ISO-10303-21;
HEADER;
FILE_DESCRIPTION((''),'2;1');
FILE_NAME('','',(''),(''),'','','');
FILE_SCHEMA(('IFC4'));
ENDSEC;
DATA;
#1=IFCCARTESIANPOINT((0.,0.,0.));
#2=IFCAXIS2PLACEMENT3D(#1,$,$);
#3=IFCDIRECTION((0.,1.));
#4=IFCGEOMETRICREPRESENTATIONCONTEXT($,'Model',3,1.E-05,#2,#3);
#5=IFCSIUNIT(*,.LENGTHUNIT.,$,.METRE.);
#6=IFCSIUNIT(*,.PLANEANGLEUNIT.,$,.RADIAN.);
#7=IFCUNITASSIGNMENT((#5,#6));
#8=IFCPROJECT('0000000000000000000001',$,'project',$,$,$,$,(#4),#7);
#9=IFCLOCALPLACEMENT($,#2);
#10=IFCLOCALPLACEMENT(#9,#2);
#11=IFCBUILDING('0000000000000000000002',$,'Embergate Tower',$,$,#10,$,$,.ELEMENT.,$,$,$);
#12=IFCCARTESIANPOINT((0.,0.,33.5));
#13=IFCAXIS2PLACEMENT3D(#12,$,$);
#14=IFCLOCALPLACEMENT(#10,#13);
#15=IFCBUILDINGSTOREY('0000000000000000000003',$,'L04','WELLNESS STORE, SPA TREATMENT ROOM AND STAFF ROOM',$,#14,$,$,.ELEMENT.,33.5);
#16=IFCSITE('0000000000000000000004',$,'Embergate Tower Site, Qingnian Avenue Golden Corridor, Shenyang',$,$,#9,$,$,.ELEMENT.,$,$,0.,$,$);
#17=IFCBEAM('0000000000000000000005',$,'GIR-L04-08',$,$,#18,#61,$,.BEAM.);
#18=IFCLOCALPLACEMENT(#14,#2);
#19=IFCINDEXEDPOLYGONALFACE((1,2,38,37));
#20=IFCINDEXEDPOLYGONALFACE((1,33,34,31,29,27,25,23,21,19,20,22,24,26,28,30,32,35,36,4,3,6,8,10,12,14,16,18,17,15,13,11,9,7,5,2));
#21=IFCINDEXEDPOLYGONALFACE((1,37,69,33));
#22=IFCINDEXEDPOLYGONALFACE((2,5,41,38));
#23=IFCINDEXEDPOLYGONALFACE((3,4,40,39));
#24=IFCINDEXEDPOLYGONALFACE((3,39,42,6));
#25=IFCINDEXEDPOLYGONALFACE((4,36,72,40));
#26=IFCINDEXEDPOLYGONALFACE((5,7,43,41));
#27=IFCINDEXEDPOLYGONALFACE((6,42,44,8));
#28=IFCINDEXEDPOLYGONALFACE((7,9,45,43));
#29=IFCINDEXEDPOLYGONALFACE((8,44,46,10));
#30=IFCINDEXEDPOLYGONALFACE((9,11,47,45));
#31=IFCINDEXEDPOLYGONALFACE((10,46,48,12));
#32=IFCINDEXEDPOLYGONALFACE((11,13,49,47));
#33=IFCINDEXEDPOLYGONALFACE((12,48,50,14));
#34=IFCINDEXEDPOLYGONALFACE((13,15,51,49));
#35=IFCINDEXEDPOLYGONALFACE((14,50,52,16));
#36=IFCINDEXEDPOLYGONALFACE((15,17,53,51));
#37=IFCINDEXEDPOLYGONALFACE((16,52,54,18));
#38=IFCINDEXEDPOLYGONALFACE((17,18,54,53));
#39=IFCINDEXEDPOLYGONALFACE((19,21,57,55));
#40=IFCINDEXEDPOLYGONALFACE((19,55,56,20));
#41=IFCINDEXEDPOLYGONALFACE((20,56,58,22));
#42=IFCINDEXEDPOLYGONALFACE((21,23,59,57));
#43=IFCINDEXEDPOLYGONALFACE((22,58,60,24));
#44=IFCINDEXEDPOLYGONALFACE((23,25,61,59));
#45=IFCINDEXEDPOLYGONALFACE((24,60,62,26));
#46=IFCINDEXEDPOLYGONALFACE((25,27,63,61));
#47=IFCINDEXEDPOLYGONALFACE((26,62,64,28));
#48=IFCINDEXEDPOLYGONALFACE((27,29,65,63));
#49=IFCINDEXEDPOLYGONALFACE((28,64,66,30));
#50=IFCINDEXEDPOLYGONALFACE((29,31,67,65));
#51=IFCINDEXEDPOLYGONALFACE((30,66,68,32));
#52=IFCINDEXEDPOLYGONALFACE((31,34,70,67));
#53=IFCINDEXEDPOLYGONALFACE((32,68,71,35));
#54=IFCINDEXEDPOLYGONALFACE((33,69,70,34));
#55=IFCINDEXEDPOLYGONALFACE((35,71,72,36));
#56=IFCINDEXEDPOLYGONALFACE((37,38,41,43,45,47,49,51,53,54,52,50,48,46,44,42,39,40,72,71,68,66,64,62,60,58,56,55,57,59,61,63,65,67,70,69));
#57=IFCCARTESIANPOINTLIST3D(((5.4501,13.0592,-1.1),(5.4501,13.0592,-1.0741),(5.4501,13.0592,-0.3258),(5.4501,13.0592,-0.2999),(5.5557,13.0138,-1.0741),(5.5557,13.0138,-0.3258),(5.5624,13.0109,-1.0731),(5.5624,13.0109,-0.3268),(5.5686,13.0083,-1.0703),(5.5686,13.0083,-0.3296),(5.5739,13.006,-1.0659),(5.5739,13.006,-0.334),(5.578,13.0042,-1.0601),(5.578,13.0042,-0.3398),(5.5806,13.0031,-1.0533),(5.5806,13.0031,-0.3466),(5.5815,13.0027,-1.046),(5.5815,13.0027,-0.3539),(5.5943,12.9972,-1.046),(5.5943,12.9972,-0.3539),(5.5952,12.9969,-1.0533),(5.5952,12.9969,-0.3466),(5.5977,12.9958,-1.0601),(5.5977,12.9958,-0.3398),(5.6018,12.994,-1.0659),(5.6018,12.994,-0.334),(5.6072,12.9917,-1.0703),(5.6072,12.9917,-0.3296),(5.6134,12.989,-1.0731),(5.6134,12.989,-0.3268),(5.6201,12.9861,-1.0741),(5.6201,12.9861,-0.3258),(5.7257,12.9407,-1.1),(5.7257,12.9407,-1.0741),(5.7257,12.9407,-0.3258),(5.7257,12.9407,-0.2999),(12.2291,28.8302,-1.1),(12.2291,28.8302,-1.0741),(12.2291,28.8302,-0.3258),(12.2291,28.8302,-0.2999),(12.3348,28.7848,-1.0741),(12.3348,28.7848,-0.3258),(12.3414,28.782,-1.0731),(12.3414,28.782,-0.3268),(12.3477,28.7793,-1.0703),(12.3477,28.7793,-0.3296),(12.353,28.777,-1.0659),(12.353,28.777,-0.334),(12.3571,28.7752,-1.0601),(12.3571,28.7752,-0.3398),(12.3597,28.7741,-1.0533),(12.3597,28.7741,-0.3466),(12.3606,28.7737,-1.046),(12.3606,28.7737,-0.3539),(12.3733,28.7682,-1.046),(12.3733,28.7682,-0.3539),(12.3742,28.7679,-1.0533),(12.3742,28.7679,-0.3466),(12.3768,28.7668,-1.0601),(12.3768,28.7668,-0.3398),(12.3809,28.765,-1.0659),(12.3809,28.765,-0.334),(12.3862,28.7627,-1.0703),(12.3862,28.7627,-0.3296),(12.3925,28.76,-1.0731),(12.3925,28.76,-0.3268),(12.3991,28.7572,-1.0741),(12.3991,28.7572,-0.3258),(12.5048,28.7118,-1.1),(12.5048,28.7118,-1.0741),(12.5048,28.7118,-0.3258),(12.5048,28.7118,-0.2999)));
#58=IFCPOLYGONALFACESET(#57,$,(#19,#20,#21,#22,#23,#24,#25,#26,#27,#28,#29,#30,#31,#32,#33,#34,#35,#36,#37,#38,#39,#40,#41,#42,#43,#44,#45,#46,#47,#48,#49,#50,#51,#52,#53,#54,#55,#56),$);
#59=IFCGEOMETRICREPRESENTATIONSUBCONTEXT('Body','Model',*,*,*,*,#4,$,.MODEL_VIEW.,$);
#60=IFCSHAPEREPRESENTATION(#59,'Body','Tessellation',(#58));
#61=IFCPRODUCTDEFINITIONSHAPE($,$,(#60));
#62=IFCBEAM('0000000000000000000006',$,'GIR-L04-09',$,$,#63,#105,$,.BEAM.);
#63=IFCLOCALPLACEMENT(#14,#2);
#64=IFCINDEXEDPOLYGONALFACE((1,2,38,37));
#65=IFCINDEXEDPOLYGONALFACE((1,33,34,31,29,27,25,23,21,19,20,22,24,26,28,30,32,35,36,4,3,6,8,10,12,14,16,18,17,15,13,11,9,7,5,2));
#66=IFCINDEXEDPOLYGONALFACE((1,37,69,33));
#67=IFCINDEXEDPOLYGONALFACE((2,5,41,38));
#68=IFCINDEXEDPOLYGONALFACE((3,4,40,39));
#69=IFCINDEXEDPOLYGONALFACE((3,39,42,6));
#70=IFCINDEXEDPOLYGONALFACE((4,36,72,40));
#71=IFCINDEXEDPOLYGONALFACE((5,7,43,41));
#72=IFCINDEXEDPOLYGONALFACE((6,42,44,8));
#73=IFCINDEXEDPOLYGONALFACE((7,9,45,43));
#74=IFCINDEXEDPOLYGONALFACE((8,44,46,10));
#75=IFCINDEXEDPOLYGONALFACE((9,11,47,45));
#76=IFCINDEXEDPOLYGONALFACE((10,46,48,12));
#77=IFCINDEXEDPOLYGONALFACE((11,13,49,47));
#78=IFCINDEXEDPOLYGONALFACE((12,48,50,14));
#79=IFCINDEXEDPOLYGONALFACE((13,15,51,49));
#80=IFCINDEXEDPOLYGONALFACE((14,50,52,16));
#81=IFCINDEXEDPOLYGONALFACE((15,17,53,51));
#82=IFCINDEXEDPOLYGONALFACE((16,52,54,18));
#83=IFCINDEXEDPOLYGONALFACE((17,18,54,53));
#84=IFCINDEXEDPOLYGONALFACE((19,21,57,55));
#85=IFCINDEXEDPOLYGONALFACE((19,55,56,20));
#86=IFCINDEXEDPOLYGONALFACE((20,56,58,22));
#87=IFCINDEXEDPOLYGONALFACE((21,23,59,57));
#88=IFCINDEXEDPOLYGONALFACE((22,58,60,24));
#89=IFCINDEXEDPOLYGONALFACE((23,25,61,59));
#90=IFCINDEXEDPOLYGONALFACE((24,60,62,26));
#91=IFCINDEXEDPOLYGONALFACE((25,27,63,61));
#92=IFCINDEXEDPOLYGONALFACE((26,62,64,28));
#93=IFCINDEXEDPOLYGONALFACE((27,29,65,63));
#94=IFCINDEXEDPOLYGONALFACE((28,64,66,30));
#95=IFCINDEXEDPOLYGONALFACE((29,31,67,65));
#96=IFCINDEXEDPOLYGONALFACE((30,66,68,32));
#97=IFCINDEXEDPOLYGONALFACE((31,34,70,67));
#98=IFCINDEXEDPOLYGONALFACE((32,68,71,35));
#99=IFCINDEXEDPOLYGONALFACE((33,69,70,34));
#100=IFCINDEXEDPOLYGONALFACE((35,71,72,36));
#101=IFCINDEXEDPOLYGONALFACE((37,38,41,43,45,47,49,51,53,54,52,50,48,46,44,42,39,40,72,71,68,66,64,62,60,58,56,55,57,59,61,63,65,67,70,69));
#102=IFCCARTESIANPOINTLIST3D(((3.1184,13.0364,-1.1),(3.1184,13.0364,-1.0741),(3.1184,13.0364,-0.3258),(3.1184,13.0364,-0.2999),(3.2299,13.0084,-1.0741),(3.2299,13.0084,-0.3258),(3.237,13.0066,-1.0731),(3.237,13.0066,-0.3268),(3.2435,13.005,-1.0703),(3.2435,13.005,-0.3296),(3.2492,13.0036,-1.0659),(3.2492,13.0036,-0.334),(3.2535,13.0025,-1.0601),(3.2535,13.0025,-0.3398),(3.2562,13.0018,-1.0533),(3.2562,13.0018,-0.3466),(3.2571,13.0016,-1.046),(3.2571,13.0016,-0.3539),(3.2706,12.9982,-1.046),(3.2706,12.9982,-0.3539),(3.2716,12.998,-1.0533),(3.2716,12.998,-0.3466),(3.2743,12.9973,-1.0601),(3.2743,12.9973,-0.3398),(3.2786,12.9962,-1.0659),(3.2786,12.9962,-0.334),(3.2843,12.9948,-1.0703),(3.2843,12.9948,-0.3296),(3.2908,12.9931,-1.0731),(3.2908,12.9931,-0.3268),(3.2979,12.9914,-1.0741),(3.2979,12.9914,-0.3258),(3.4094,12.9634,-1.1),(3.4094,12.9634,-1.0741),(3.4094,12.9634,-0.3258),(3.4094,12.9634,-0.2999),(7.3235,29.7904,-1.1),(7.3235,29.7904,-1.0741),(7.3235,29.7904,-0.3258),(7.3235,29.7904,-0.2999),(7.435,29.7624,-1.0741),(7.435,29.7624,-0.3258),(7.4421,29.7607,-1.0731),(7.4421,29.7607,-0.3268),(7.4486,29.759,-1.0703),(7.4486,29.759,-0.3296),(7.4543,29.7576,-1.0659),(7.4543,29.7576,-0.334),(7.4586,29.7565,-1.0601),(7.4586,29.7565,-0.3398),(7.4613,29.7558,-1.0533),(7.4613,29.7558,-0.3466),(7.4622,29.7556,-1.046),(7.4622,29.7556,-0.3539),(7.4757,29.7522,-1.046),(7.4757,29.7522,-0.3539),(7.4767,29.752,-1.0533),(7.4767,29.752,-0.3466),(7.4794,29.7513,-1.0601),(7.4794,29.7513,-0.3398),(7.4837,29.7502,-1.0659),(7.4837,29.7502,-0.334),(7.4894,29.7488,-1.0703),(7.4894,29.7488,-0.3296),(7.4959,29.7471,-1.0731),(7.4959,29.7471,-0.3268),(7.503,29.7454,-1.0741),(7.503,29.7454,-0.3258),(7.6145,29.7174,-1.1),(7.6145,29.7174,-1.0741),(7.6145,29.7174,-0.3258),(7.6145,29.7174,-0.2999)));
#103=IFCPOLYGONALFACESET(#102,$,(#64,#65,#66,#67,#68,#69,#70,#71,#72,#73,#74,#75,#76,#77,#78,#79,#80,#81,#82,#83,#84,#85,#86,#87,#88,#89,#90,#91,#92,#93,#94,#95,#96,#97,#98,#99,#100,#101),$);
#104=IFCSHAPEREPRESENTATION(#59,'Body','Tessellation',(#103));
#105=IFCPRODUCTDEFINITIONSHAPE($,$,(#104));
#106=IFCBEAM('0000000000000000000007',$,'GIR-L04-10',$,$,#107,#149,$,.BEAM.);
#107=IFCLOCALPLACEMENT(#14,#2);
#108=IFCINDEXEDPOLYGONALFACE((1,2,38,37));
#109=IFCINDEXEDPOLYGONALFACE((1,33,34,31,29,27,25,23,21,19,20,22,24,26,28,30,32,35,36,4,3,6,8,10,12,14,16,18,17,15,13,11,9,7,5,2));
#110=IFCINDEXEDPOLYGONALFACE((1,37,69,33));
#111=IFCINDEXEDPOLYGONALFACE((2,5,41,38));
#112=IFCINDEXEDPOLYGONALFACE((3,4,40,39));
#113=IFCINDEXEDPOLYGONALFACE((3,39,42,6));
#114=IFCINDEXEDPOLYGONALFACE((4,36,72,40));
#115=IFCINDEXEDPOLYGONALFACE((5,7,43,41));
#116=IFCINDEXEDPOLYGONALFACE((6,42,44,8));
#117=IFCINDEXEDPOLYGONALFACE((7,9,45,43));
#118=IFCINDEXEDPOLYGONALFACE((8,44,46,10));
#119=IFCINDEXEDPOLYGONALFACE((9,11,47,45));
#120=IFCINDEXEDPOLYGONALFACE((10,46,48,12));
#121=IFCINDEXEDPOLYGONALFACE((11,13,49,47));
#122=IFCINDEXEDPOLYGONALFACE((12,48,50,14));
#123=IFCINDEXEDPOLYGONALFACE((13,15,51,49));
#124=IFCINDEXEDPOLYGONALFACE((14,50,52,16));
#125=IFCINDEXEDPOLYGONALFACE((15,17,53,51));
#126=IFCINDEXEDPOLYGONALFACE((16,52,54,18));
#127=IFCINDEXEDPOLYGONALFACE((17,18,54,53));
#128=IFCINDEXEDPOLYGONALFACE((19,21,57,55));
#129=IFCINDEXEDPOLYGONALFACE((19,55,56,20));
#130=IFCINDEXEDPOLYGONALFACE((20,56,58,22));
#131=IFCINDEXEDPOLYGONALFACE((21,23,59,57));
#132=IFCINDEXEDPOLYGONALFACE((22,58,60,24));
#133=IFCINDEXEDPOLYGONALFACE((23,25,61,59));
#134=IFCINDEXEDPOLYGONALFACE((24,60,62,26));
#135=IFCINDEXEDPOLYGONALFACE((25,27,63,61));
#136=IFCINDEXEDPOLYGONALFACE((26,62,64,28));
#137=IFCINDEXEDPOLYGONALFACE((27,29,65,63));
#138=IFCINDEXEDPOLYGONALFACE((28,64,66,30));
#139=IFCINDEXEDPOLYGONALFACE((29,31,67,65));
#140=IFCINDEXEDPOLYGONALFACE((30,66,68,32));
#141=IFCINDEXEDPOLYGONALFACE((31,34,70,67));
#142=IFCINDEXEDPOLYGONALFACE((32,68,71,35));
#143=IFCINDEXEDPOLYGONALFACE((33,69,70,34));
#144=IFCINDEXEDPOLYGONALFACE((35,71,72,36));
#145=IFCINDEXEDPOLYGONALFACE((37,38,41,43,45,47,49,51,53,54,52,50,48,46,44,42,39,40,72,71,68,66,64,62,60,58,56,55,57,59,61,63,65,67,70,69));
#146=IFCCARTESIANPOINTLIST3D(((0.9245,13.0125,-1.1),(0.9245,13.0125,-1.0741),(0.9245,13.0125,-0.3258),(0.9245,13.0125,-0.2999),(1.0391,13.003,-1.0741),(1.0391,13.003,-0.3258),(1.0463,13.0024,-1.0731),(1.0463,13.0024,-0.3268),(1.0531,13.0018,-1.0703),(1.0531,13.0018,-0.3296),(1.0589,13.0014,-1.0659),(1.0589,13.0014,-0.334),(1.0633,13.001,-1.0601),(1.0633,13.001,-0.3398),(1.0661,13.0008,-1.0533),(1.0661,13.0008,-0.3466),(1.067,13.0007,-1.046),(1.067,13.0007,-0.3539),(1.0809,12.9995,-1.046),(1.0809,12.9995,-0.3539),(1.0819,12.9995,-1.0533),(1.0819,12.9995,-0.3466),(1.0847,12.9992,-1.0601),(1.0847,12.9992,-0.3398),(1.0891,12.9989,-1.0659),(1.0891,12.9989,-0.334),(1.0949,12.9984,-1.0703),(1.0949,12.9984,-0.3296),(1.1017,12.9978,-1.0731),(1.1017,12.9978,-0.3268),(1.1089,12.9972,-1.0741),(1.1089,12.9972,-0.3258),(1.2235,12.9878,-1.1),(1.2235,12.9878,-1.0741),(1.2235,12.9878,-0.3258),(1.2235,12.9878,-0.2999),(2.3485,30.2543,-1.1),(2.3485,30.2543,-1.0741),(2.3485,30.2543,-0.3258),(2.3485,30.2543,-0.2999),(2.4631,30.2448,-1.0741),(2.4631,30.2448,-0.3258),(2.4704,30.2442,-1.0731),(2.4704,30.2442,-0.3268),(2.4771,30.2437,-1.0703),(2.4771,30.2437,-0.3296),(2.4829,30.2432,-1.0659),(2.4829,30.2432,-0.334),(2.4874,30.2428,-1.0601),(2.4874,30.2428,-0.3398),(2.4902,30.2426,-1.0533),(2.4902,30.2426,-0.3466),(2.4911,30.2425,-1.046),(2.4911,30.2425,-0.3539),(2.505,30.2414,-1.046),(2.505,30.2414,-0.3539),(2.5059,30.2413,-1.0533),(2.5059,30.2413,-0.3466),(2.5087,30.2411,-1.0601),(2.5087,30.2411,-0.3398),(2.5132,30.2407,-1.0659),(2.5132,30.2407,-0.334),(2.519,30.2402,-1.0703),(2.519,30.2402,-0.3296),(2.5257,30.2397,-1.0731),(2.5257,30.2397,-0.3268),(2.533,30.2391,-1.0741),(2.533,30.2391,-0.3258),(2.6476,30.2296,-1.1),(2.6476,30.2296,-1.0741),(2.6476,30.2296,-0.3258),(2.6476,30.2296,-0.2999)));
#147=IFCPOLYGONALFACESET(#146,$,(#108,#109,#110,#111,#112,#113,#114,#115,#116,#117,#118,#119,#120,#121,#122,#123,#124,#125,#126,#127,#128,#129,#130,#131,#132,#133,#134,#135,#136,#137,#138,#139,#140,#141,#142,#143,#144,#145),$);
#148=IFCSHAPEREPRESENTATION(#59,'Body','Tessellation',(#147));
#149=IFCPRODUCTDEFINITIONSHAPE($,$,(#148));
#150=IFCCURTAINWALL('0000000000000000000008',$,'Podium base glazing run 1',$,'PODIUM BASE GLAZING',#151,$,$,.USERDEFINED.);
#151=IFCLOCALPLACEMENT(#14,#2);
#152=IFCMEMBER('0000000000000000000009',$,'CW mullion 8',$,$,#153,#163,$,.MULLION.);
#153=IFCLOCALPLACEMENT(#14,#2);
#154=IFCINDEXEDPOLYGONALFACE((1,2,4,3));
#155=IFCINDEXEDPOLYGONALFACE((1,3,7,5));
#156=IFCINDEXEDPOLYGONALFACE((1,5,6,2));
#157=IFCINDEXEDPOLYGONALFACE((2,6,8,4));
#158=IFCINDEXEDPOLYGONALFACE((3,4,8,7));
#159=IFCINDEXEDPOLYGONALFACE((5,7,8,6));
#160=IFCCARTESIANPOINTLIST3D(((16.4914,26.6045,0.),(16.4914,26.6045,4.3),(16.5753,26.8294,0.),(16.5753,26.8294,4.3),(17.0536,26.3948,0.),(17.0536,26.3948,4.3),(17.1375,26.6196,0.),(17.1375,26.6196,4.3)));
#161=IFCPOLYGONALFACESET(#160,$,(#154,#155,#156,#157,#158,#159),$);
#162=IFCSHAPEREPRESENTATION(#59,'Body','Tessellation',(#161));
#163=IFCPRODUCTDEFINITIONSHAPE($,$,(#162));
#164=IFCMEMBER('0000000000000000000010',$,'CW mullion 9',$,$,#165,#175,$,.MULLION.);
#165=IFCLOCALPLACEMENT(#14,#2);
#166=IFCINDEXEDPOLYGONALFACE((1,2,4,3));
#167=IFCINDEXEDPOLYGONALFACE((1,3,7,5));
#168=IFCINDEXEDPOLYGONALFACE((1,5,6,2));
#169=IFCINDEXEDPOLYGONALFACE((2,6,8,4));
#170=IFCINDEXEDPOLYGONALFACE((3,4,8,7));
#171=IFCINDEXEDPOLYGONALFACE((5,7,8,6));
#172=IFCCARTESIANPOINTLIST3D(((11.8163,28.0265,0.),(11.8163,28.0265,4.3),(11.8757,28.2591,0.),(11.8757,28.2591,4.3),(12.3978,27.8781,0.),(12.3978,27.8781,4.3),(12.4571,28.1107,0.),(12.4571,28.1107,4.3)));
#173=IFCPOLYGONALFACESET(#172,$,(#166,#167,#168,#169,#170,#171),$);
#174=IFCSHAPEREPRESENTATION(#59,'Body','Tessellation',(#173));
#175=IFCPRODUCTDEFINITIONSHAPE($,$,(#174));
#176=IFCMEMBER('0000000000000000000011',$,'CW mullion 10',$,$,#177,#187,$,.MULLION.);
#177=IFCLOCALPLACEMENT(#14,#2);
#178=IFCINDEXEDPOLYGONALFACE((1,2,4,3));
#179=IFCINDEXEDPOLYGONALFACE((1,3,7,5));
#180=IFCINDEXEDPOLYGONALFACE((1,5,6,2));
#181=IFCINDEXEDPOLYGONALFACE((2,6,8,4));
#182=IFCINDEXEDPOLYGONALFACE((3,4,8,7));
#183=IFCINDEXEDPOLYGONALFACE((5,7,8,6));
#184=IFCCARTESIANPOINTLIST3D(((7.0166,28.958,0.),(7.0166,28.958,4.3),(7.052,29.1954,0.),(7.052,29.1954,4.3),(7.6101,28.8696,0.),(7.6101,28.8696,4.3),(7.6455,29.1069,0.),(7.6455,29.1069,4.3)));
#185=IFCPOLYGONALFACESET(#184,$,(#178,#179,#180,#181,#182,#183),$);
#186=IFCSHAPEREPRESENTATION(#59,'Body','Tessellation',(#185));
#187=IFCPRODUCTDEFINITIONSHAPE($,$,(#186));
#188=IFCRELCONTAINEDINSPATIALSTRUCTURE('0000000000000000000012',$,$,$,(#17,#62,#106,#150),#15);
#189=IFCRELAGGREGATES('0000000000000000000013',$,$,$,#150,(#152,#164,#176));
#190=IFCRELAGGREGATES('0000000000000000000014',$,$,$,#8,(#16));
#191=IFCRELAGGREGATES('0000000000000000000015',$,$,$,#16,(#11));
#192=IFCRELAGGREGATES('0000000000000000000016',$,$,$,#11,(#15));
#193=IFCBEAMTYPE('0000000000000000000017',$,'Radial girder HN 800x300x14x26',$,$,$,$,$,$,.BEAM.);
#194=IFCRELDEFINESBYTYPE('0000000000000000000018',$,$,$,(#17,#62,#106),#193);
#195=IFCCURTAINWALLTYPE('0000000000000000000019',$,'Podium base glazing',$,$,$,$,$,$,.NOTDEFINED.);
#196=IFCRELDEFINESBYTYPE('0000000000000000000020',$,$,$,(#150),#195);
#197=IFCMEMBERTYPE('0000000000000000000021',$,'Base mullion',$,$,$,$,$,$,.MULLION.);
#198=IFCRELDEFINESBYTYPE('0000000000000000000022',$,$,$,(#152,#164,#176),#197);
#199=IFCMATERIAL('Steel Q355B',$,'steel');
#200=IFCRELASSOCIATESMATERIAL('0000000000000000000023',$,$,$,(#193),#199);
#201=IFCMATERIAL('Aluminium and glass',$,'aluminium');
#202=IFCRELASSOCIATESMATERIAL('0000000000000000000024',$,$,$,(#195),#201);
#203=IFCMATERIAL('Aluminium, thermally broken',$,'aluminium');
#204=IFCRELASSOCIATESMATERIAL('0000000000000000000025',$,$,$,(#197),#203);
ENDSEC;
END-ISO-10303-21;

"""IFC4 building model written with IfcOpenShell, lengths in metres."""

from ifc_helpers import new_model, si_unit, direction, frame, origin, origin_2d, place, context, subcontext, project, spatial, rectangle, i_section, extrude, source, transform, mapped, material, material_profile, profile_set, type_object, element, aggregate, save


model = new_model("IFC4")

# Units and contexts
model_context = context("Model", 3, precision=1e-05, world=origin(), true_north=direction((0.0, 1.0)))
body_context = subcontext(model_context, "Body", "Model", "MODEL_VIEW")
ifc_project = project(units=[si_unit("LENGTHUNIT", "METRE"), si_unit("PLANEANGLEUNIT", "RADIAN")], contexts=[model_context])

# Site, building, storey
site_placement = place(None, origin())
site = spatial("IfcSite", under=ifc_project, at=site_placement, Name="Embergate Tower Site, Qingnian Avenue Golden Corridor, Shenyang", CompositionType="ELEMENT", RefElevation=0.0)
building_placement = place(site_placement, origin())
building = spatial("IfcBuilding", under=site, at=building_placement, Name="Embergate Tower", CompositionType="ELEMENT")
storey_placement = place(building_placement, frame((0.0, 0.0, 33.5)))
storey = spatial("IfcBuildingStorey", under=building, at=storey_placement, Name="L04", Description="WELLNESS STORE, SPA TREATMENT ROOM AND STAFF ROOM", CompositionType="ELEMENT", Elevation=33.5)

# Beams
ifc_material_1 = material(Name="Steel Q355B", Category="steel")
ifc_material_profile_1 = material_profile(ifc_material_1, i_section(OverallWidth=0.3, OverallDepth=0.8, WebThickness=0.0139, FlangeThickness=0.0259, FilletRadius=0.0281, at=origin_2d()), Name="HN 800x300x14x26")
ifc_profile_set_1 = profile_set([ifc_material_profile_1], Name="Steel Q355 grade B")
beam_type_1 = type_object("IfcBeamType", Name="Radial girder HN 800x300x14x26", PredefinedType="BEAM", material=ifc_profile_set_1)
shared_shape_1 = source(origin(), body_context, "Body", "SweptSolid", [
    extrude(i_section(OverallWidth=0.3, OverallDepth=0.8, WebThickness=0.0139, FlangeThickness=0.0259, FilletRadius=0.0281, at=origin_2d()), origin(), (0.0, 0.0, 1.0), 17.1663),
])
beam_1_placement = place(storey_placement, frame((12.3669, 28.771, -0.7), z_axis=(-0.394906, -0.918722, 0.0), x_axis=(0.918722, -0.394906, 0.0)))
element("IfcBeam", 1, at=beam_1_placement, inside=storey, type_object=beam_type_1, Name="GIR-L04-08", PredefinedType="BEAM", context=body_context, shape_type="MappedRepresentation", body=[
    mapped(shared_shape_1, transform((0.0, 0.0, 0.0))),
])
shared_shape_2 = source(origin(), body_context, "Body", "SweptSolid", [
    extrude(i_section(OverallWidth=0.3, OverallDepth=0.8, WebThickness=0.0139, FlangeThickness=0.0259, FilletRadius=0.0281, at=origin_2d()), origin(), (0.0, 0.0, 1.0), 17.2737),
])
beam_2_placement = place(storey_placement, frame((7.469, 29.7539, -0.7), z_axis=(-0.24344, -0.969916, 0.0), x_axis=(0.969916, -0.24344, 0.0)))
element("IfcBeam", 2, at=beam_2_placement, inside=storey, type_object=beam_type_1, Name="GIR-L04-09", PredefinedType="BEAM", context=body_context, shape_type="MappedRepresentation", body=[
    mapped(shared_shape_2, transform((0.0, 0.0, 0.0))),
])
shared_shape_3 = source(origin(), body_context, "Body", "SweptSolid", [
    extrude(i_section(OverallWidth=0.3, OverallDepth=0.8, WebThickness=0.0139, FlangeThickness=0.0259, FilletRadius=0.0281, at=origin_2d()), origin(), (0.0, 0.0, 1.0), 17.3005),
])
beam_3_placement = place(storey_placement, frame((2.498, 30.2419, -0.7), z_axis=(-0.082313, -0.996607, 0.0), x_axis=(0.996607, -0.082313, 0.0)))
element("IfcBeam", 3, at=beam_3_placement, inside=storey, type_object=beam_type_1, Name="GIR-L04-10", PredefinedType="BEAM", context=body_context, shape_type="MappedRepresentation", body=[
    mapped(shared_shape_3, transform((0.0, 0.0, 0.0))),
])

# Curtain wall, members
ifc_material_2 = material(Name="Aluminium and glass", Category="aluminium")
curtain_wall_type = type_object("IfcCurtainWallType", Name="Podium base glazing", PredefinedType="NOTDEFINED", material=ifc_material_2)
curtain_wall_placement = place(storey_placement, origin())
curtain_wall = element("IfcCurtainWall", 4, at=curtain_wall_placement, inside=storey, type_object=curtain_wall_type, Name="Podium base glazing run 1", ObjectType="PODIUM BASE GLAZING", PredefinedType="USERDEFINED")
ifc_material_3 = material(Name="Aluminium, thermally broken", Category="aluminium")
ifc_material_profile_2 = material_profile(ifc_material_3, rectangle(XDim=0.24, YDim=0.6001, at=origin_2d()), Name="AL 600x240")
ifc_profile_set_2 = profile_set([ifc_material_profile_2], Name="Aluminium, thermally broken")
member_type_1 = type_object("IfcMemberType", Name="Base mullion", PredefinedType="MULLION", material=ifc_profile_set_2)
shared_shape_4 = source(origin(), body_context, "Body", "SweptSolid", [
    extrude(rectangle(XDim=0.24, YDim=0.6001, at=origin_2d()), origin(), (0.0, 0.0, 1.0), 4.3),
])
member_1_placement = place(storey_placement, frame((16.8145, 26.6121, 0.0), z_axis=(0.0, 0.0, 1.0), x_axis=(-0.349499, -0.936937, 0.0)))
member_1 = element("IfcMember", 5, at=member_1_placement, type_object=member_type_1, Name="CW mullion 8", PredefinedType="MULLION", context=body_context, shape_type="MappedRepresentation", body=[
    mapped(shared_shape_4, transform((0.0, 0.0, 0.0))),
])
member_2_placement = place(storey_placement, frame((12.1367, 28.0686, 0.0), z_axis=(0.0, 0.0, 1.0), x_axis=(-0.24731, -0.968936, 0.0)))
member_2 = element("IfcMember", 6, at=member_2_placement, type_object=member_type_1, Name="CW mullion 9", PredefinedType="MULLION", context=body_context, shape_type="MappedRepresentation", body=[
    mapped(shared_shape_4, transform((0.0, 0.0, 0.0))),
])
member_3_placement = place(storey_placement, frame((7.3311, 29.0325, 0.0), z_axis=(0.0, 0.0, 1.0), x_axis=(-0.147411, -0.989075, 0.0)))
member_3 = element("IfcMember", 7, at=member_3_placement, type_object=member_type_1, Name="CW mullion 10", PredefinedType="MULLION", context=body_context, shape_type="MappedRepresentation", body=[
    mapped(shared_shape_4, transform((0.0, 0.0, 0.0))),
])
aggregate(curtain_wall, [member_1, member_2, member_3])

save(model, "model.ifc")
